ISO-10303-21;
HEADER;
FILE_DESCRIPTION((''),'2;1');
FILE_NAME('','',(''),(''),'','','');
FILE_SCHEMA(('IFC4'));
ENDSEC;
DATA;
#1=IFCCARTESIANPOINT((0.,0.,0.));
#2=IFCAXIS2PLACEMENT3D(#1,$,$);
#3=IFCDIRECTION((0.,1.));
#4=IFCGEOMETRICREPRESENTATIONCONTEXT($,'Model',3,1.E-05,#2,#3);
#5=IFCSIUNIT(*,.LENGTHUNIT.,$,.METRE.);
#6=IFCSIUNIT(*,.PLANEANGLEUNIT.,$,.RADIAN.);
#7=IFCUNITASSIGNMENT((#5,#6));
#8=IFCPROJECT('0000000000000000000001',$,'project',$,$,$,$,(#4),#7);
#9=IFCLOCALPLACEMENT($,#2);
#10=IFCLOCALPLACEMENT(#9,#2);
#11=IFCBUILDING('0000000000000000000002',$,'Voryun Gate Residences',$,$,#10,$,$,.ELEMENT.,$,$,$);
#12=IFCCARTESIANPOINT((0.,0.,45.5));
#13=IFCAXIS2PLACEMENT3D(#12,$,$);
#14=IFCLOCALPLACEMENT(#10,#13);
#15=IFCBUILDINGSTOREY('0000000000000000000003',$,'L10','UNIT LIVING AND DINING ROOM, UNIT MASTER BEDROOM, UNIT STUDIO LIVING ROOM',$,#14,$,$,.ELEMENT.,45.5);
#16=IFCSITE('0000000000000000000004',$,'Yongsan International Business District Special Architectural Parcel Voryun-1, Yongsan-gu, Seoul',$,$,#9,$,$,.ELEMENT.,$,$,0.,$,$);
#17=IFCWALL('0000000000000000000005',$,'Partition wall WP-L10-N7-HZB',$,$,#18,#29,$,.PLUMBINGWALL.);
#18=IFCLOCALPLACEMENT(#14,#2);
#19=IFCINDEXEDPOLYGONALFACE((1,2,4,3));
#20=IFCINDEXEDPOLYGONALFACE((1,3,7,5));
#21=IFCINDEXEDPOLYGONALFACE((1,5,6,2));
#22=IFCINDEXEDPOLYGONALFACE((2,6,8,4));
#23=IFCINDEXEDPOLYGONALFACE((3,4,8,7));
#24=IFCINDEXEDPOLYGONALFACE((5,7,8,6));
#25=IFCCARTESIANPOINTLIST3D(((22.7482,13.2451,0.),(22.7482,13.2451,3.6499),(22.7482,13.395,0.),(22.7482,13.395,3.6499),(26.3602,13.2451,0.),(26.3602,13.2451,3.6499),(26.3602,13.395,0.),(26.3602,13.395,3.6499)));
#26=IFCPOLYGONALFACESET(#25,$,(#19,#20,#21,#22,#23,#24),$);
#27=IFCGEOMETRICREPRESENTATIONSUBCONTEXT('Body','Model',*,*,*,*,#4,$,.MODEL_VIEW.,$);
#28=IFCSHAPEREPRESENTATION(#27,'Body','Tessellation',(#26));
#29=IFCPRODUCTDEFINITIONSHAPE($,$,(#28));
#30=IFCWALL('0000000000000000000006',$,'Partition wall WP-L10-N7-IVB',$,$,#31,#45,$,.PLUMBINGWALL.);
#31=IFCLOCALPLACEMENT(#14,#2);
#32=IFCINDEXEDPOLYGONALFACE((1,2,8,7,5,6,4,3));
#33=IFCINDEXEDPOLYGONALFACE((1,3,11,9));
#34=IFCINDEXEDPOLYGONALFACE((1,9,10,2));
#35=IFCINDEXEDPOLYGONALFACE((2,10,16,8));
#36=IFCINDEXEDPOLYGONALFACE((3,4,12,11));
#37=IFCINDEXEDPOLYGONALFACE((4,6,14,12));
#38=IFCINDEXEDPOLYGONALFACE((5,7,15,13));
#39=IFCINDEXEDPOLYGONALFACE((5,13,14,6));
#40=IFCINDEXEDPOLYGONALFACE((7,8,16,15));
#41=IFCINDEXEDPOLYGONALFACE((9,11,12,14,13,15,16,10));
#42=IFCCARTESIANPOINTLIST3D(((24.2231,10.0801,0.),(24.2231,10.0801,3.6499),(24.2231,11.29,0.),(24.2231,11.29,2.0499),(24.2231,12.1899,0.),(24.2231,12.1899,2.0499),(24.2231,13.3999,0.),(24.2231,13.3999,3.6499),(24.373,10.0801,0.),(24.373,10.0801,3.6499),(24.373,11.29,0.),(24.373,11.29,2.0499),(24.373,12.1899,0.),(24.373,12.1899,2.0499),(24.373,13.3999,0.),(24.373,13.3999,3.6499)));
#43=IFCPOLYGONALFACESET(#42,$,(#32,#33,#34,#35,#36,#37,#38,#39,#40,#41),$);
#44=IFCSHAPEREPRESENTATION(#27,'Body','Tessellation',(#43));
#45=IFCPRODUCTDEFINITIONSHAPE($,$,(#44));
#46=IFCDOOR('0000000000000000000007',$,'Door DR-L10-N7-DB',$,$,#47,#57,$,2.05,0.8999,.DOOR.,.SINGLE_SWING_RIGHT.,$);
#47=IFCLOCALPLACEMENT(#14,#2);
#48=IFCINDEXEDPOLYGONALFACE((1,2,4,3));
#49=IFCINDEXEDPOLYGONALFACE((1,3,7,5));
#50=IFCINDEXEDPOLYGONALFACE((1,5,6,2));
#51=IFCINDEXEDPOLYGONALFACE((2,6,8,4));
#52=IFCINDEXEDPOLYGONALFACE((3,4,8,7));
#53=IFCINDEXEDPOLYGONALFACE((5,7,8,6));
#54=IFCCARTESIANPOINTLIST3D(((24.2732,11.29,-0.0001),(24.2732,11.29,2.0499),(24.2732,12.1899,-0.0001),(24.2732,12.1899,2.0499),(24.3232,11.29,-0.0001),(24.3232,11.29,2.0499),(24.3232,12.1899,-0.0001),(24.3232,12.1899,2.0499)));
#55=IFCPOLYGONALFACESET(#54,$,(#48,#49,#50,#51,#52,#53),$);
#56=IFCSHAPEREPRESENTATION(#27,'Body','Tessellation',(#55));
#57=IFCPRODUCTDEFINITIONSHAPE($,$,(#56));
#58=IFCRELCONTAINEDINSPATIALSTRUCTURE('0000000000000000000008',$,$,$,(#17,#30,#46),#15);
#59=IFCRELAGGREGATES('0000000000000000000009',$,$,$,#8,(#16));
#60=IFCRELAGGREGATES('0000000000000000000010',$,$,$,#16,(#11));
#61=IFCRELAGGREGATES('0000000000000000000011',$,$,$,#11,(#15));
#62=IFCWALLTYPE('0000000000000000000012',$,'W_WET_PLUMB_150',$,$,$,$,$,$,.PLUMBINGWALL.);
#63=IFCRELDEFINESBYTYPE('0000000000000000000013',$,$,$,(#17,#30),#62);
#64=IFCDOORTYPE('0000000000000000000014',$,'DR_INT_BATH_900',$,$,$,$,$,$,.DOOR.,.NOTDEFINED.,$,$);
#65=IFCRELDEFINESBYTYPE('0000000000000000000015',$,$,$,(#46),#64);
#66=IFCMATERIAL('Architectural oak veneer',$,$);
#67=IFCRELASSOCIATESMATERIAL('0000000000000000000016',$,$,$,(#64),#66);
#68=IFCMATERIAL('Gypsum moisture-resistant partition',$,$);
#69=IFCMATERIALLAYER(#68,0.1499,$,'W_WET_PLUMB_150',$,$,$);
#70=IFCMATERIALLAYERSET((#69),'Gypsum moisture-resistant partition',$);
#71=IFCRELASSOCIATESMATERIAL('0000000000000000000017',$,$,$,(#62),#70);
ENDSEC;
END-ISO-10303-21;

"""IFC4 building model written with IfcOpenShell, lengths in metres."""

from ifc_helpers import new_model, si_unit, direction, frame, frame_2d, origin, place, context, subcontext, project, spatial, rectangle, extrude, material, layer, layer_set, type_object, element, fill, save


model = new_model("IFC4")

# Units and contexts
model_context = context("Model", 3, precision=1e-05, world=origin(), true_north=direction((0.0, 1.0)))
body_context = subcontext(model_context, "Body", "Model", "MODEL_VIEW")
ifc_project = project(units=[si_unit("LENGTHUNIT", "METRE"), si_unit("PLANEANGLEUNIT", "RADIAN")], contexts=[model_context])

# Site, building, storey
site_placement = place(None, origin())
site = spatial("IfcSite", under=ifc_project, at=site_placement, Name="Yongsan International Business District Special Architectural Parcel Voryun-1, Yongsan-gu, Seoul", CompositionType="ELEMENT", RefElevation=0.0)
building_placement = place(site_placement, origin())
building = spatial("IfcBuilding", under=site, at=building_placement, Name="Voryun Gate Residences", CompositionType="ELEMENT")
storey_placement = place(building_placement, frame((0.0, 0.0, 45.5)))
storey = spatial("IfcBuildingStorey", under=building, at=storey_placement, Name="L10", Description="UNIT LIVING AND DINING ROOM, UNIT MASTER BEDROOM, UNIT STUDIO LIVING ROOM", CompositionType="ELEMENT", Elevation=45.5)

# Shared definitions
ifc_material_1 = material(Name="Architectural oak veneer")
door_type_1 = type_object("IfcDoorType", Name="DR_INT_BATH_900", OperationType="NOTDEFINED", PredefinedType="DOOR", material=ifc_material_1)

# Shared definitions
ifc_material_2 = material(Name="Gypsum moisture-resistant partition")
ifc_layer_1 = layer(ifc_material_2, 0.1499, Name="W_WET_PLUMB_150")
ifc_layer_set_1 = layer_set([ifc_layer_1], Name="Gypsum moisture-resistant partition")
wall_type_1 = type_object("IfcWallType", Name="W_WET_PLUMB_150", PredefinedType="PLUMBINGWALL", material=ifc_layer_set_1)

# Wall
wall_1_placement = place(storey_placement, frame((22.748, 13.3201, 0.0), z_axis=(0.0, 0.0, 1.0), x_axis=(1.0, 0.0, 0.0)))
element("IfcWall", 1, at=wall_1_placement, inside=storey, type_object=wall_type_1, Name="Partition wall WP-L10-N7-HZB", PredefinedType="PLUMBINGWALL", context=body_context, shape_type="SweptSolid", body=[
    extrude(rectangle(XDim=3.6121, YDim=0.1499, at=frame_2d((1.8062, 0.0))), origin(), (0.0, 0.0, 1.0), 3.6499),
])

# Wall, opening, door
wall_2_placement = place(storey_placement, frame((24.2981, 10.0801, 0.0), z_axis=(0.0, 0.0, 1.0), x_axis=(0.0, 1.0, 0.0)))
wall_2 = element("IfcWall", 2, at=wall_2_placement, inside=storey, type_object=wall_type_1, Name="Partition wall WP-L10-N7-IVB", PredefinedType="PLUMBINGWALL", context=body_context, shape_type="SweptSolid", body=[
    extrude(rectangle(XDim=3.3198, YDim=0.1499, at=frame_2d((1.6599, 0.0))), origin(), (0.0, 0.0, 1.0), 3.6499),
])
opening_1_placement = place(wall_2_placement, frame((1.21, 0.0, 0.0)))
opening_1 = element("IfcOpeningElement", 3, at=opening_1_placement, cuts=wall_2, PredefinedType="OPENING", context=body_context, shape_type="SweptSolid", body=[
    extrude(rectangle(XDim=0.8999, YDim=2.05, at=frame_2d((0.45, 1.0249))), frame((0.0, 0.085, 0.0), z_axis=(0.0, -1.0, 0.0), x_axis=(1.0, 0.0, 0.0)), (0.0, 0.0, 1.0), 0.1699),
])
door_1_placement = place(opening_1_placement, origin())
door_1 = element("IfcDoor", 4, at=door_1_placement, inside=storey, type_object=door_type_1, Name="Door DR-L10-N7-DB", OperationType="SINGLE_SWING_RIGHT", OverallHeight=2.05, OverallWidth=0.8999, PredefinedType="DOOR", context=body_context, shape_type="SweptSolid", body=[
    extrude(rectangle(XDim=0.8999, YDim=2.05, at=frame_2d((0.45, 1.0249))), frame((0.0, 0.0249, 0.0), z_axis=(0.0, -1.0, 0.0), x_axis=(1.0, 0.0, 0.0)), (0.0, 0.0, 1.0), 0.05),
])
fill(opening_1, door_1)

save(model, "model.ifc")
